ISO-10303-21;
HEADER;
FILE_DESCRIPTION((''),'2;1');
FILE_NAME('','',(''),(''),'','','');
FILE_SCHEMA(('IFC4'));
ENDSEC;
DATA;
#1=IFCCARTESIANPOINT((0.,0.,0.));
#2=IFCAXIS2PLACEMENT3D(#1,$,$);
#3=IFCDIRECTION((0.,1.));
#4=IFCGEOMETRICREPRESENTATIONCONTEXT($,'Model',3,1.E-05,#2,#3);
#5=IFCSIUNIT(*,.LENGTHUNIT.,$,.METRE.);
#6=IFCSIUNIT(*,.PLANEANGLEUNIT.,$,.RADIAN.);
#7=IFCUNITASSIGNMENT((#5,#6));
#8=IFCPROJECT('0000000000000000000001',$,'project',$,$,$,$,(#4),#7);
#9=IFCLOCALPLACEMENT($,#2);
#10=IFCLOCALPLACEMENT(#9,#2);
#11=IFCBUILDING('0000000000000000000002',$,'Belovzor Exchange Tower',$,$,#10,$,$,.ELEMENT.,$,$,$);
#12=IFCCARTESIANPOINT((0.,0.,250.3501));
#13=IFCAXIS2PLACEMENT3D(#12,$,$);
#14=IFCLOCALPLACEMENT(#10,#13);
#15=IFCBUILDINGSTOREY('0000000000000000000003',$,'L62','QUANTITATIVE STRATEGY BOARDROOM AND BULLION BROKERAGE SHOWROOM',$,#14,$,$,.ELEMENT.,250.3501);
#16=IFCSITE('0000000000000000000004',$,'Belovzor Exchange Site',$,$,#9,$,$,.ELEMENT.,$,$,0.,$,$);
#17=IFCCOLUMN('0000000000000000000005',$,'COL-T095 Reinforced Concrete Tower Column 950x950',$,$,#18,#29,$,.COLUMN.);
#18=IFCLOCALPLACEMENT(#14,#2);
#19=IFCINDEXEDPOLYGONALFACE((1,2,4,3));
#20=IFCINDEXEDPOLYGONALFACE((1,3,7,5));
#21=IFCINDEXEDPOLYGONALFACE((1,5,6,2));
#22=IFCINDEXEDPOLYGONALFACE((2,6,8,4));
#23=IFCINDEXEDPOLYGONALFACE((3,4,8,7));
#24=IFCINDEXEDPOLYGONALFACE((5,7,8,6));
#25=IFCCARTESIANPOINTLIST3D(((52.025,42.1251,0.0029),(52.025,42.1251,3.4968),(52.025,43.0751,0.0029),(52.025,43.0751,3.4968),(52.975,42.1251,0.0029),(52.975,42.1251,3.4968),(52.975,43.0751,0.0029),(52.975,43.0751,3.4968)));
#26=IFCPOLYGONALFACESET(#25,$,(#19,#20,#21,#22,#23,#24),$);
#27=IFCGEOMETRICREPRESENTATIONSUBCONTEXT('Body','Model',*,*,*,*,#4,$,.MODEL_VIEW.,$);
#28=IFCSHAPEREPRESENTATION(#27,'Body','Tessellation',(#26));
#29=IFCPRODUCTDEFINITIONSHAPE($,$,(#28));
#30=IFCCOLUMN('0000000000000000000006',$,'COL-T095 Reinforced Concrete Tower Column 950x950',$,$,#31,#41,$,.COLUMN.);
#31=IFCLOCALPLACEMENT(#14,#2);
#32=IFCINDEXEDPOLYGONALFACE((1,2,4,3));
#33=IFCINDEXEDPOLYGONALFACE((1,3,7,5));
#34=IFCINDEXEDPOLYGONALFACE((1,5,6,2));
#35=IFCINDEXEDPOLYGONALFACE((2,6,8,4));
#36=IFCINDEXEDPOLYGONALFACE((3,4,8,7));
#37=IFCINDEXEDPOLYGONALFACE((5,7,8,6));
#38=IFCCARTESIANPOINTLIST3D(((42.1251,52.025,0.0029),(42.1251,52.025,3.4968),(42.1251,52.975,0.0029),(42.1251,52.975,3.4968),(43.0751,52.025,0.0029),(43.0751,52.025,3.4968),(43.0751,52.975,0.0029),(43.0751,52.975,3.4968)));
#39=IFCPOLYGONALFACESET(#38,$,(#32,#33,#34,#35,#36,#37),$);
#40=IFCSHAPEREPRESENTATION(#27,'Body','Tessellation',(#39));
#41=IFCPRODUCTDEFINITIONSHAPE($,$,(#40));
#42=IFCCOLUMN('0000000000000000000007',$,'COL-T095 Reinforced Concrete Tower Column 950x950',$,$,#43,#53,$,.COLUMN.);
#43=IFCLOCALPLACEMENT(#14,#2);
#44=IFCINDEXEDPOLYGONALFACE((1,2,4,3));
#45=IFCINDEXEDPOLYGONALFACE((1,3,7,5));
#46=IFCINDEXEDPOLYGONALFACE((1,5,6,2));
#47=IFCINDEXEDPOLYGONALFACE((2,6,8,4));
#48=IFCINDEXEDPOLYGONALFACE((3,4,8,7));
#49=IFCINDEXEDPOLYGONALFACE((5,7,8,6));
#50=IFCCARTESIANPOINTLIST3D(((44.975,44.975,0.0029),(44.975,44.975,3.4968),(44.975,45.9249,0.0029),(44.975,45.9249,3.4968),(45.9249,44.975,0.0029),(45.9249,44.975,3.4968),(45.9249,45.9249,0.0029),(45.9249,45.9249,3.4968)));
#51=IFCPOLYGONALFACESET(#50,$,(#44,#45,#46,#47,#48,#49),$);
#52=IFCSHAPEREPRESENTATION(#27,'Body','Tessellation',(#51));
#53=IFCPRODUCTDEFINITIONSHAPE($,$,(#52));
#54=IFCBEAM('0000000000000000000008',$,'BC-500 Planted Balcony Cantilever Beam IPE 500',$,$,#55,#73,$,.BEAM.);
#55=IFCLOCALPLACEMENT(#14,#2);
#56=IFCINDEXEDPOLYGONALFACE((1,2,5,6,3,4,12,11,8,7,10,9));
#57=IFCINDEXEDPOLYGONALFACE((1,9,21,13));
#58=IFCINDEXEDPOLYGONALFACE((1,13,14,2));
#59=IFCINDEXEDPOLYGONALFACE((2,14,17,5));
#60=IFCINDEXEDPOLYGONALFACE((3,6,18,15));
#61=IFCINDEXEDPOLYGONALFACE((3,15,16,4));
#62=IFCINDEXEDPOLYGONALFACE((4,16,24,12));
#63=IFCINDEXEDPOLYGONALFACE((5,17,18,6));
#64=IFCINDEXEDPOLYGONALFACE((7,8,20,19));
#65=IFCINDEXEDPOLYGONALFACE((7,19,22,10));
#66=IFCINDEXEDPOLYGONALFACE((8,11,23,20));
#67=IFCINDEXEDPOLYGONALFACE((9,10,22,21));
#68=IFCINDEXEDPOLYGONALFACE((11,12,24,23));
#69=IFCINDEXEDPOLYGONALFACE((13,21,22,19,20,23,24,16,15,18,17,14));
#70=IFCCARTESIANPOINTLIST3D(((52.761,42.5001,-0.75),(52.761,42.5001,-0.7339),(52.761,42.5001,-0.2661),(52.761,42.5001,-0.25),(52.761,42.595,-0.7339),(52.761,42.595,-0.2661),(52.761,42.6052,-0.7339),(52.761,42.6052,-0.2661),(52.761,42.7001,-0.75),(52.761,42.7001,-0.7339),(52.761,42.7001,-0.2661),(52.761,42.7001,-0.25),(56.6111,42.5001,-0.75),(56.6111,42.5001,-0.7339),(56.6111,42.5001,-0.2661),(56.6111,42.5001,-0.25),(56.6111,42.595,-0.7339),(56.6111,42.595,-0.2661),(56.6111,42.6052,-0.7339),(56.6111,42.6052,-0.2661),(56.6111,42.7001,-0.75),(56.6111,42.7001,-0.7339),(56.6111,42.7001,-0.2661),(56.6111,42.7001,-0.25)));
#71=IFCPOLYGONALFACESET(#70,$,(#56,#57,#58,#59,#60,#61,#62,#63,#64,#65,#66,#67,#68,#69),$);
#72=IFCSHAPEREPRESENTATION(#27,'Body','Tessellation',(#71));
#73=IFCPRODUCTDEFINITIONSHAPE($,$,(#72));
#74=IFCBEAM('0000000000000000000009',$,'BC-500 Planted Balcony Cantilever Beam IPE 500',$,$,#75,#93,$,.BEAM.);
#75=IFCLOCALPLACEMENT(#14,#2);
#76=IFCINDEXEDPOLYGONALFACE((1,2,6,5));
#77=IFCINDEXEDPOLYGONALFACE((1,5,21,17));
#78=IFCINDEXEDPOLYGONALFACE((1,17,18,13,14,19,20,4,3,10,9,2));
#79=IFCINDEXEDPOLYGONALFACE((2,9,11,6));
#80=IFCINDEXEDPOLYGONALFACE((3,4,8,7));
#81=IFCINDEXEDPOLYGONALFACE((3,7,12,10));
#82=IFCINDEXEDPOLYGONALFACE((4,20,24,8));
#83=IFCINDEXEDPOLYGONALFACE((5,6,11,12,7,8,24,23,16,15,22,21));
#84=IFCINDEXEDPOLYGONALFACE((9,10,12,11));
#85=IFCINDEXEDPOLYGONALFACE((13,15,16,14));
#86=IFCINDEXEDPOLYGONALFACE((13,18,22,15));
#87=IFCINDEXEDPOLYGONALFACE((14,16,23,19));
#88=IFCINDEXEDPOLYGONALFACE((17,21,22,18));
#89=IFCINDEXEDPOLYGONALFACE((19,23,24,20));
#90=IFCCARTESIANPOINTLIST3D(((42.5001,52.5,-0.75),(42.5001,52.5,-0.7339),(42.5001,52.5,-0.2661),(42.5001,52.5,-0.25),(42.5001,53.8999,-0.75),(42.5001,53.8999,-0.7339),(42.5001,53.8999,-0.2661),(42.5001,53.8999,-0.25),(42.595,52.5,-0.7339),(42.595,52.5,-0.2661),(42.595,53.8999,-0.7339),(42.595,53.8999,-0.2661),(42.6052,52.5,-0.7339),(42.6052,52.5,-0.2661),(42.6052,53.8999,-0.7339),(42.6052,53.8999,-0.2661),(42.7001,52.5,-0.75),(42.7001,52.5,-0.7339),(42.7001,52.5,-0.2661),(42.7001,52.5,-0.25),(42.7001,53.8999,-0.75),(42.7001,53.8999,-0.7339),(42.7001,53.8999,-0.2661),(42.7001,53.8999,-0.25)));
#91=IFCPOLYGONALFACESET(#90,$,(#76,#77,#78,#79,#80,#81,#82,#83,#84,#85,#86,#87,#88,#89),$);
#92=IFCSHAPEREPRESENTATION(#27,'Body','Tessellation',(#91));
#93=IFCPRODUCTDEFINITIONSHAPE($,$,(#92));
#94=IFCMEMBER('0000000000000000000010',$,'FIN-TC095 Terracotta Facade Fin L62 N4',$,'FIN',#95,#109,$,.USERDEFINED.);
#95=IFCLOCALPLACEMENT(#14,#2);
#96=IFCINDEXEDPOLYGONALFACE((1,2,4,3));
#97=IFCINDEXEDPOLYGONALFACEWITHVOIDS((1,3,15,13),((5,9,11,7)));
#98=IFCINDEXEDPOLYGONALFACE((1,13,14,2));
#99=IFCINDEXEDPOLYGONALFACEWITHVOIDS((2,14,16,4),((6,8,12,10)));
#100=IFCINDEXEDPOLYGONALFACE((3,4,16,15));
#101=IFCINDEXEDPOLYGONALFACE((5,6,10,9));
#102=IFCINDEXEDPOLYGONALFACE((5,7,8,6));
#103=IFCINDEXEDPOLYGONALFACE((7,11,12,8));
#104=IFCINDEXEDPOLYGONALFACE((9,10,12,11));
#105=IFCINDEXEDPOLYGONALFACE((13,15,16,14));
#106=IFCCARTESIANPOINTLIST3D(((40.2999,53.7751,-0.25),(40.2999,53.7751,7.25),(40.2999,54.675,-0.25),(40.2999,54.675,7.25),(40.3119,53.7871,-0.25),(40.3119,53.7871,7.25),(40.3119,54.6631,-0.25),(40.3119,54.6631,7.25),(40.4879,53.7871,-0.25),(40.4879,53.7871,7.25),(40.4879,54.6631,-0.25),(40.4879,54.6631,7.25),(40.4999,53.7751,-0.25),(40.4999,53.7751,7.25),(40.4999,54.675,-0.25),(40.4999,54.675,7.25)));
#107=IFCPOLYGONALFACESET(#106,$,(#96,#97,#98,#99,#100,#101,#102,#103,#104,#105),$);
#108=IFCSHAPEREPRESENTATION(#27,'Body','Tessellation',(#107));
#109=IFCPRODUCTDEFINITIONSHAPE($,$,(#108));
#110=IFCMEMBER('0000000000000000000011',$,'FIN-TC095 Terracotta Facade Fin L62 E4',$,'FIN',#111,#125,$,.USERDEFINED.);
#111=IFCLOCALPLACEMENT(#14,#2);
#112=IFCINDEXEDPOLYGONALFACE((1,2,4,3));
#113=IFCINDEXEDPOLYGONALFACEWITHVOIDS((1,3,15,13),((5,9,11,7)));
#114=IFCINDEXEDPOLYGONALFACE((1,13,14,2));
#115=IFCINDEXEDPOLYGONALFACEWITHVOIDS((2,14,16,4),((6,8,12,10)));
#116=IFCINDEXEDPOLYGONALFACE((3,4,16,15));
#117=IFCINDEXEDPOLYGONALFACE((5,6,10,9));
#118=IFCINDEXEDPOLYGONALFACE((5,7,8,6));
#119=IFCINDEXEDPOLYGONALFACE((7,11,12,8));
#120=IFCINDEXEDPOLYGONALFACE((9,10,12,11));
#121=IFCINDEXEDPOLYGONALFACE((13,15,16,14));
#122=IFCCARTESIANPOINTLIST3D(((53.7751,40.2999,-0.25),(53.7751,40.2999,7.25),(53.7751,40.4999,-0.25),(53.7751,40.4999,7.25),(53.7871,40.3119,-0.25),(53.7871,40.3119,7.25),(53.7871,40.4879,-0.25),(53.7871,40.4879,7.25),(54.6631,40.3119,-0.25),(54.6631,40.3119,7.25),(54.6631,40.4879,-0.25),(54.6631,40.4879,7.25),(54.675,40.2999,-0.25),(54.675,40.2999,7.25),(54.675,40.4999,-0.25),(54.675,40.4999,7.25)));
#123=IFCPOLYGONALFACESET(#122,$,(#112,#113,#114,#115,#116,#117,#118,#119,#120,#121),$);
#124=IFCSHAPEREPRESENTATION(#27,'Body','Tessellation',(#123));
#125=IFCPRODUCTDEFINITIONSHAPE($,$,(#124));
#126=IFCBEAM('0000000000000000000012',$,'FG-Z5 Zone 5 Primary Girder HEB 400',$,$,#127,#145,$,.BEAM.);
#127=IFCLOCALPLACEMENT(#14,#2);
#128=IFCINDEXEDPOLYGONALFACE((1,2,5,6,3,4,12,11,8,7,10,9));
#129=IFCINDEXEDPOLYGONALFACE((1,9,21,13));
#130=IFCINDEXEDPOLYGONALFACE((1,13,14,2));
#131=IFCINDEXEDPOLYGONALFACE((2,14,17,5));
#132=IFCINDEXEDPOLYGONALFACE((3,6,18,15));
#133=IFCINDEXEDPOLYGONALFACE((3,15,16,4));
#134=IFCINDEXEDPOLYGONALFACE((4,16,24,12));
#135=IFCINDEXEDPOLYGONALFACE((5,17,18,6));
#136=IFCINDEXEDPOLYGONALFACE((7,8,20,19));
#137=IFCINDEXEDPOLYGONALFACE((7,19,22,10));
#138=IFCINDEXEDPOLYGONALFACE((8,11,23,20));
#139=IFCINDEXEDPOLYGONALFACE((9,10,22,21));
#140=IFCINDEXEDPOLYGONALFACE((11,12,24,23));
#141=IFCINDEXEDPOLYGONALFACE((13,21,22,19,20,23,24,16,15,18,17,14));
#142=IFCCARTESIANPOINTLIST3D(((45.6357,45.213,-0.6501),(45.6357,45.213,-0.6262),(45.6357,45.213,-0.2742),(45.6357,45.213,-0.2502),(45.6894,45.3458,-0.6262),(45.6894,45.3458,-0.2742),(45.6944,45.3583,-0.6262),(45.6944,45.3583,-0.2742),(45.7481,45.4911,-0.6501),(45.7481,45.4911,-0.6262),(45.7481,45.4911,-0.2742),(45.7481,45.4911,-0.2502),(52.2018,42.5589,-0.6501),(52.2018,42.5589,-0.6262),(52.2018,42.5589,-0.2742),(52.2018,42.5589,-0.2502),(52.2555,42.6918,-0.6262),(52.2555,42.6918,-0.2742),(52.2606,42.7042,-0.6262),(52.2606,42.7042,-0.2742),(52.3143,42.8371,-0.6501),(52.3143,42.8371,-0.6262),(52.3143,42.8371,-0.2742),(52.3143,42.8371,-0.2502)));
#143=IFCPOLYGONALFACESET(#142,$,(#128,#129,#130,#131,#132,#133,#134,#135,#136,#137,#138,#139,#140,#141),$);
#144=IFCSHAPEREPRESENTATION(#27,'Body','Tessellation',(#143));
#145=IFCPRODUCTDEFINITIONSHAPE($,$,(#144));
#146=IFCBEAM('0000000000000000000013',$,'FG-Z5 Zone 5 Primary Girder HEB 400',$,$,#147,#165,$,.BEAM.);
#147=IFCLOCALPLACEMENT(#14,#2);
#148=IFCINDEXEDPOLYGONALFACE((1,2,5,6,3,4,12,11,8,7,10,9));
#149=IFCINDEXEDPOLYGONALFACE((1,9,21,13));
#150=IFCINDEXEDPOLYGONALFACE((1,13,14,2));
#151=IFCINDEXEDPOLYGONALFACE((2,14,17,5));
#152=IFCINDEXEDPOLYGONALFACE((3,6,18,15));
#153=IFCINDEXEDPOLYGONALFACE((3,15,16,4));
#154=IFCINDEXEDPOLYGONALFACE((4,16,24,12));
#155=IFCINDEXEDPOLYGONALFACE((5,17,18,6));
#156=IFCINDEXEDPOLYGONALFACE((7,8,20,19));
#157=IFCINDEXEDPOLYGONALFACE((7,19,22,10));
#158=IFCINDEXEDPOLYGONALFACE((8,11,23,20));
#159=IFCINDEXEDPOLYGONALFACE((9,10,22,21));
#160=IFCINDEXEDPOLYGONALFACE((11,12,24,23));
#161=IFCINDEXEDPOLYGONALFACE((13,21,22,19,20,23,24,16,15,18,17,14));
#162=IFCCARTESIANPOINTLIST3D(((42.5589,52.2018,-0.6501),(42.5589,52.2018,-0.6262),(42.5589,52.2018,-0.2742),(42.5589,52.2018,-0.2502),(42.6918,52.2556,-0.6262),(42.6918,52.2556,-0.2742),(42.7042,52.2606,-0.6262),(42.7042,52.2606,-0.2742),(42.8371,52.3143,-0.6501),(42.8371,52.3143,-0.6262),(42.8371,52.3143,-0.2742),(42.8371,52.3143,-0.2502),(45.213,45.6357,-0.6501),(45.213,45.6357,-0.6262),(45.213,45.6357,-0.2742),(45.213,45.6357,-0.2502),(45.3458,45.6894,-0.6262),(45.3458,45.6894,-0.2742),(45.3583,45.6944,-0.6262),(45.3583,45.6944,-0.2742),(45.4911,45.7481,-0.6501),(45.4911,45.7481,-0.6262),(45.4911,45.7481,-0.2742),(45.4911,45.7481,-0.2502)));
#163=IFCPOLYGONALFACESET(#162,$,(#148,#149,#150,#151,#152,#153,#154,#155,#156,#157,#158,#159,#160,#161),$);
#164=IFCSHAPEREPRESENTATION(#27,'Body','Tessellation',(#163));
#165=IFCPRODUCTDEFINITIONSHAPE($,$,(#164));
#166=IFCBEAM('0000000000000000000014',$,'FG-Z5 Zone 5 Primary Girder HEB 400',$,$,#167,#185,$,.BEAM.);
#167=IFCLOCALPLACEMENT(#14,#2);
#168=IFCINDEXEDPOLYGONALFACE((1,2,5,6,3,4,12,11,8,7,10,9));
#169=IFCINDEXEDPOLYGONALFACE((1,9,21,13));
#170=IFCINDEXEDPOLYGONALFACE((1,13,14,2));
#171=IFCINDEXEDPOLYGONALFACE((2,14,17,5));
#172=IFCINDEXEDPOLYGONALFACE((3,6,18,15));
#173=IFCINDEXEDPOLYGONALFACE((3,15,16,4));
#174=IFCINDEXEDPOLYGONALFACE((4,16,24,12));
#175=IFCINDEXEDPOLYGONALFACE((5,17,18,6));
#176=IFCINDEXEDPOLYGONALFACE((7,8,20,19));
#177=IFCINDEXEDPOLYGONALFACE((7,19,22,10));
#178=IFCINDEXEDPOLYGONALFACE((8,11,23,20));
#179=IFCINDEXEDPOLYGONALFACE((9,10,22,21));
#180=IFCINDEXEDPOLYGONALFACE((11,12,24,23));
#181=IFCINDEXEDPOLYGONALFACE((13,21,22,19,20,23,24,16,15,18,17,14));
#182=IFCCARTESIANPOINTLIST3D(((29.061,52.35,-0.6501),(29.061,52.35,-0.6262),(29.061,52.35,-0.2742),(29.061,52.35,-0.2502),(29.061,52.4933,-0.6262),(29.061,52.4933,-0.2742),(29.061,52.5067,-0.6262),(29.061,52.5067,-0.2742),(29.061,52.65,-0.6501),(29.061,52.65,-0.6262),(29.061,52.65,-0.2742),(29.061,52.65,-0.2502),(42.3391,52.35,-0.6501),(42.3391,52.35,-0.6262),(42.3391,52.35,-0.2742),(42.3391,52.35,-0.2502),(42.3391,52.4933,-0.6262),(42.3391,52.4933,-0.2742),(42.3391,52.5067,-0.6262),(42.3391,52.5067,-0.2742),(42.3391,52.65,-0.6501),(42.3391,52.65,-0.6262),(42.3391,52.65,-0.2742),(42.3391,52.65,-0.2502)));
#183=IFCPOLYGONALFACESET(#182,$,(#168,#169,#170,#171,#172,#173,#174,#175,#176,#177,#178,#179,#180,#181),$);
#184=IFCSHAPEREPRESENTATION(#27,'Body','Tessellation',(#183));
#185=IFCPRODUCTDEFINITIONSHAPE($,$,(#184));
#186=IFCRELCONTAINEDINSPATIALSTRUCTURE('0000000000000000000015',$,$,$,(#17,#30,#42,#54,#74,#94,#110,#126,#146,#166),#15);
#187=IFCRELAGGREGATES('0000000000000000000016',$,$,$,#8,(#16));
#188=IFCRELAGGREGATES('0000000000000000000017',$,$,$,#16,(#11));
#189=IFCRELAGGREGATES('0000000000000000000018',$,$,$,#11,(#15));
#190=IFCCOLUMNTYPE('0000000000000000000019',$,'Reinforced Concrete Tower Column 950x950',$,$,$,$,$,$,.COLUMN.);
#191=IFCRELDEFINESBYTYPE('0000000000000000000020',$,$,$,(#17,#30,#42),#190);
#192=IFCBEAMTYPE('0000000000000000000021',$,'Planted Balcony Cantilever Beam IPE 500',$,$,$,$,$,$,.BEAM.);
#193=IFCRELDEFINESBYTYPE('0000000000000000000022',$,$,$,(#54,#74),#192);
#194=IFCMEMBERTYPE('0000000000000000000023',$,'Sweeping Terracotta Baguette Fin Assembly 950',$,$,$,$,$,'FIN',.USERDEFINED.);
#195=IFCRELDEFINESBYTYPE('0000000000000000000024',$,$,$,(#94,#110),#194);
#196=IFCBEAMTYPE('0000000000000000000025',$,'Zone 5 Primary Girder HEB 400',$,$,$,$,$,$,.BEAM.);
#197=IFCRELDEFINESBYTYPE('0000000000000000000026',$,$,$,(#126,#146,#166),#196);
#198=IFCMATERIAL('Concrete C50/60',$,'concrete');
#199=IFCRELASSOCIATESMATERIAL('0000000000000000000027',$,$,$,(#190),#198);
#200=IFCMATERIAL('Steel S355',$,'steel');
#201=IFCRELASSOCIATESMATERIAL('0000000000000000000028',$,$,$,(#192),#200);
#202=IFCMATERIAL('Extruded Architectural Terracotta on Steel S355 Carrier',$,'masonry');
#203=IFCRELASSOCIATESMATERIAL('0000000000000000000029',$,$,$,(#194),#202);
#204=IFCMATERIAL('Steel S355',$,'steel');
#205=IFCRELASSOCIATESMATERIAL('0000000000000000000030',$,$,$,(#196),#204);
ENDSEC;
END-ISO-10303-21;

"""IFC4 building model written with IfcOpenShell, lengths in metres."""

from ifc_helpers import new_model, si_unit, direction, frame, origin, origin_2d, place, context, subcontext, project, spatial, rectangle, hollow_rectangle, i_section, extrude, material, material_profile, profile_set, type_object, element, save


model = new_model("IFC4")

# Units and contexts
model_context = context("Model", 3, precision=1e-05, world=origin(), true_north=direction((0.0, 1.0)))
body_context = subcontext(model_context, "Body", "Model", "MODEL_VIEW")
ifc_project = project(units=[si_unit("LENGTHUNIT", "METRE"), si_unit("PLANEANGLEUNIT", "RADIAN")], contexts=[model_context])

# Site, building, storey
site_placement = place(None, origin())
site = spatial("IfcSite", under=ifc_project, at=site_placement, Name="Belovzor Exchange Site", CompositionType="ELEMENT", RefElevation=0.0)
building_placement = place(site_placement, origin())
building = spatial("IfcBuilding", under=site, at=building_placement, Name="Belovzor Exchange Tower", CompositionType="ELEMENT")
storey_placement = place(building_placement, frame((0.0, 0.0, 250.3501)))
storey = spatial("IfcBuildingStorey", under=building, at=storey_placement, Name="L62", Description="QUANTITATIVE STRATEGY BOARDROOM AND BULLION BROKERAGE SHOWROOM", CompositionType="ELEMENT", Elevation=250.3501)

# Columns
ifc_material_1 = material(Name="Concrete C50/60", Category="concrete")
ifc_material_profile_1 = material_profile(ifc_material_1, rectangle(XDim=0.95, YDim=0.95, at=origin_2d()))
ifc_profile_set_1 = profile_set([ifc_material_profile_1], Name="Concrete C50/60")
column_type = type_object("IfcColumnType", Name="Reinforced Concrete Tower Column 950x950", PredefinedType="COLUMN", material=ifc_profile_set_1)
for number, where, z_axis, x_axis, name in (
    (1, (52.5, 42.6001, 0.0029), (0.0, 0.0, 1.0), (1.0, 0.0, 0.0), "COL-T095 Reinforced Concrete Tower Column 950x950"),
    (2, (42.6001, 52.5, 0.0029), (0.0, 0.0, 1.0), (1.0, 0.0, 0.0), "COL-T095 Reinforced Concrete Tower Column 950x950"),
    (3, (45.45, 45.45, 0.0029), (0.0, 0.0, 1.0), (1.0, 0.0, 0.0), "COL-T095 Reinforced Concrete Tower Column 950x950"),
):
    element("IfcColumn", number, at=place(storey_placement, frame(where, z_axis=z_axis, x_axis=x_axis)), inside=storey, type_object=column_type, Name=name, PredefinedType="COLUMN", context=body_context, shape_type="SweptSolid", body=[
        extrude(rectangle(XDim=0.95, YDim=0.95, at=origin_2d()), origin(), (0.0, 0.0, 1.0), 3.4939),
    ])

# Beams
ifc_material_2 = material(Name="Steel S355", Category="steel")
ifc_material_profile_2 = material_profile(ifc_material_2, i_section(OverallWidth=0.2, OverallDepth=0.5, WebThickness=0.0103, FlangeThickness=0.0161, at=origin_2d()))
ifc_profile_set_2 = profile_set([ifc_material_profile_2], Name="Steel S355")
beam_type_1 = type_object("IfcBeamType", Name="Planted Balcony Cantilever Beam IPE 500", PredefinedType="BEAM", material=ifc_profile_set_2)
beam_1_placement = place(storey_placement, frame((52.761, 42.6001, -0.5), z_axis=(1.0, 0.0, 0.0), x_axis=(0.0, 1.0, 0.0)))
element("IfcBeam", 4, at=beam_1_placement, inside=storey, type_object=beam_type_1, Name="BC-500 Planted Balcony Cantilever Beam IPE 500", PredefinedType="BEAM", context=body_context, shape_type="SweptSolid", body=[
    extrude(i_section(OverallWidth=0.2, OverallDepth=0.5, WebThickness=0.0103, FlangeThickness=0.0161, at=origin_2d()), origin(), (0.0, 0.0, 1.0), 3.8501),
])
beam_2_placement = place(storey_placement, frame((42.6001, 52.5, -0.5), z_axis=(0.0, 1.0, 0.0), x_axis=(-1.0, 0.0, 0.0)))
element("IfcBeam", 5, at=beam_2_placement, inside=storey, type_object=beam_type_1, Name="BC-500 Planted Balcony Cantilever Beam IPE 500", PredefinedType="BEAM", context=body_context, shape_type="SweptSolid", body=[
    extrude(i_section(OverallWidth=0.2, OverallDepth=0.5, WebThickness=0.0103, FlangeThickness=0.0161, at=origin_2d()), origin(), (0.0, 0.0, 1.0), 1.3999),
])

# Members
ifc_material_3 = material(Name="Extruded Architectural Terracotta on Steel S355 Carrier", Category="masonry")
ifc_material_profile_3 = material_profile(ifc_material_3, hollow_rectangle(XDim=0.2, YDim=0.8999, WallThickness=0.012, at=origin_2d()))
ifc_profile_set_3 = profile_set([ifc_material_profile_3], Name="Extruded Architectural Terracotta on Steel S355 Carrier")
member_type = type_object("IfcMemberType", Name="Sweeping Terracotta Baguette Fin Assembly 950", ElementType="FIN", PredefinedType="USERDEFINED", material=ifc_profile_set_3)
for number, where, z_axis, x_axis, name in (
    (6, (40.3999, 54.2251, -0.25), (0.0, 0.0, 1.0), (1.0, 0.0, 0.0), "FIN-TC095 Terracotta Facade Fin L62 N4"),
    (7, (54.2251, 40.3999, -0.25), (0.0, 0.0, 1.0), (0.0, 1.0, 0.0), "FIN-TC095 Terracotta Facade Fin L62 E4"),
):
    element("IfcMember", number, at=place(storey_placement, frame(where, z_axis=z_axis, x_axis=x_axis)), inside=storey, type_object=member_type, Name=name, ObjectType="FIN", PredefinedType="USERDEFINED", context=body_context, shape_type="SweptSolid", body=[
        extrude(hollow_rectangle(XDim=0.2, YDim=0.8999, WallThickness=0.012, at=origin_2d()), origin(), (0.0, 0.0, 1.0), 7.5),
    ])

# Beams
ifc_material_4 = material(Name="Steel S355", Category="steel")
ifc_material_profile_4 = material_profile(ifc_material_4, i_section(OverallWidth=0.3, OverallDepth=0.3999, WebThickness=0.0134, FlangeThickness=0.0239, at=origin_2d()))
ifc_profile_set_4 = profile_set([ifc_material_profile_4], Name="Steel S355")
beam_type_2 = type_object("IfcBeamType", Name="Zone 5 Primary Girder HEB 400", PredefinedType="BEAM", material=ifc_profile_set_4)
for number, where, z_axis, x_axis, name in (
    (8, (52.2581, 42.698, -0.4502), (-0.927127, 0.374746, 0.0), (-0.374746, -0.927127, 0.0), "FG-Z5 Zone 5 Primary Girder HEB 400"),
    (9, (45.3521, 45.6919, -0.4502), (-0.374746, 0.927127, 0.0), (-0.927127, -0.374746, 0.0), "FG-Z5 Zone 5 Primary Girder HEB 400"),
):
    element("IfcBeam", number, at=place(storey_placement, frame(where, z_axis=z_axis, x_axis=x_axis)), inside=storey, type_object=beam_type_2, Name=name, PredefinedType="BEAM", context=body_context, shape_type="SweptSolid", body=[
        extrude(i_section(OverallWidth=0.3, OverallDepth=0.3999, WebThickness=0.0134, FlangeThickness=0.0239, at=origin_2d()), origin(), (0.0, 0.0, 1.0), 7.0823),
    ])
beam_3_placement = place(storey_placement, frame((42.3391, 52.5, -0.4502), z_axis=(-1.0, 0.0, 0.0), x_axis=(0.0, -1.0, 0.0)))
element("IfcBeam", 10, at=beam_3_placement, inside=storey, type_object=beam_type_2, Name="FG-Z5 Zone 5 Primary Girder HEB 400", PredefinedType="BEAM", context=body_context, shape_type="SweptSolid", body=[
    extrude(i_section(OverallWidth=0.3, OverallDepth=0.3999, WebThickness=0.0134, FlangeThickness=0.0239, at=origin_2d()), origin(), (0.0, 0.0, 1.0), 13.2781),
])

save(model, "model.ifc")
